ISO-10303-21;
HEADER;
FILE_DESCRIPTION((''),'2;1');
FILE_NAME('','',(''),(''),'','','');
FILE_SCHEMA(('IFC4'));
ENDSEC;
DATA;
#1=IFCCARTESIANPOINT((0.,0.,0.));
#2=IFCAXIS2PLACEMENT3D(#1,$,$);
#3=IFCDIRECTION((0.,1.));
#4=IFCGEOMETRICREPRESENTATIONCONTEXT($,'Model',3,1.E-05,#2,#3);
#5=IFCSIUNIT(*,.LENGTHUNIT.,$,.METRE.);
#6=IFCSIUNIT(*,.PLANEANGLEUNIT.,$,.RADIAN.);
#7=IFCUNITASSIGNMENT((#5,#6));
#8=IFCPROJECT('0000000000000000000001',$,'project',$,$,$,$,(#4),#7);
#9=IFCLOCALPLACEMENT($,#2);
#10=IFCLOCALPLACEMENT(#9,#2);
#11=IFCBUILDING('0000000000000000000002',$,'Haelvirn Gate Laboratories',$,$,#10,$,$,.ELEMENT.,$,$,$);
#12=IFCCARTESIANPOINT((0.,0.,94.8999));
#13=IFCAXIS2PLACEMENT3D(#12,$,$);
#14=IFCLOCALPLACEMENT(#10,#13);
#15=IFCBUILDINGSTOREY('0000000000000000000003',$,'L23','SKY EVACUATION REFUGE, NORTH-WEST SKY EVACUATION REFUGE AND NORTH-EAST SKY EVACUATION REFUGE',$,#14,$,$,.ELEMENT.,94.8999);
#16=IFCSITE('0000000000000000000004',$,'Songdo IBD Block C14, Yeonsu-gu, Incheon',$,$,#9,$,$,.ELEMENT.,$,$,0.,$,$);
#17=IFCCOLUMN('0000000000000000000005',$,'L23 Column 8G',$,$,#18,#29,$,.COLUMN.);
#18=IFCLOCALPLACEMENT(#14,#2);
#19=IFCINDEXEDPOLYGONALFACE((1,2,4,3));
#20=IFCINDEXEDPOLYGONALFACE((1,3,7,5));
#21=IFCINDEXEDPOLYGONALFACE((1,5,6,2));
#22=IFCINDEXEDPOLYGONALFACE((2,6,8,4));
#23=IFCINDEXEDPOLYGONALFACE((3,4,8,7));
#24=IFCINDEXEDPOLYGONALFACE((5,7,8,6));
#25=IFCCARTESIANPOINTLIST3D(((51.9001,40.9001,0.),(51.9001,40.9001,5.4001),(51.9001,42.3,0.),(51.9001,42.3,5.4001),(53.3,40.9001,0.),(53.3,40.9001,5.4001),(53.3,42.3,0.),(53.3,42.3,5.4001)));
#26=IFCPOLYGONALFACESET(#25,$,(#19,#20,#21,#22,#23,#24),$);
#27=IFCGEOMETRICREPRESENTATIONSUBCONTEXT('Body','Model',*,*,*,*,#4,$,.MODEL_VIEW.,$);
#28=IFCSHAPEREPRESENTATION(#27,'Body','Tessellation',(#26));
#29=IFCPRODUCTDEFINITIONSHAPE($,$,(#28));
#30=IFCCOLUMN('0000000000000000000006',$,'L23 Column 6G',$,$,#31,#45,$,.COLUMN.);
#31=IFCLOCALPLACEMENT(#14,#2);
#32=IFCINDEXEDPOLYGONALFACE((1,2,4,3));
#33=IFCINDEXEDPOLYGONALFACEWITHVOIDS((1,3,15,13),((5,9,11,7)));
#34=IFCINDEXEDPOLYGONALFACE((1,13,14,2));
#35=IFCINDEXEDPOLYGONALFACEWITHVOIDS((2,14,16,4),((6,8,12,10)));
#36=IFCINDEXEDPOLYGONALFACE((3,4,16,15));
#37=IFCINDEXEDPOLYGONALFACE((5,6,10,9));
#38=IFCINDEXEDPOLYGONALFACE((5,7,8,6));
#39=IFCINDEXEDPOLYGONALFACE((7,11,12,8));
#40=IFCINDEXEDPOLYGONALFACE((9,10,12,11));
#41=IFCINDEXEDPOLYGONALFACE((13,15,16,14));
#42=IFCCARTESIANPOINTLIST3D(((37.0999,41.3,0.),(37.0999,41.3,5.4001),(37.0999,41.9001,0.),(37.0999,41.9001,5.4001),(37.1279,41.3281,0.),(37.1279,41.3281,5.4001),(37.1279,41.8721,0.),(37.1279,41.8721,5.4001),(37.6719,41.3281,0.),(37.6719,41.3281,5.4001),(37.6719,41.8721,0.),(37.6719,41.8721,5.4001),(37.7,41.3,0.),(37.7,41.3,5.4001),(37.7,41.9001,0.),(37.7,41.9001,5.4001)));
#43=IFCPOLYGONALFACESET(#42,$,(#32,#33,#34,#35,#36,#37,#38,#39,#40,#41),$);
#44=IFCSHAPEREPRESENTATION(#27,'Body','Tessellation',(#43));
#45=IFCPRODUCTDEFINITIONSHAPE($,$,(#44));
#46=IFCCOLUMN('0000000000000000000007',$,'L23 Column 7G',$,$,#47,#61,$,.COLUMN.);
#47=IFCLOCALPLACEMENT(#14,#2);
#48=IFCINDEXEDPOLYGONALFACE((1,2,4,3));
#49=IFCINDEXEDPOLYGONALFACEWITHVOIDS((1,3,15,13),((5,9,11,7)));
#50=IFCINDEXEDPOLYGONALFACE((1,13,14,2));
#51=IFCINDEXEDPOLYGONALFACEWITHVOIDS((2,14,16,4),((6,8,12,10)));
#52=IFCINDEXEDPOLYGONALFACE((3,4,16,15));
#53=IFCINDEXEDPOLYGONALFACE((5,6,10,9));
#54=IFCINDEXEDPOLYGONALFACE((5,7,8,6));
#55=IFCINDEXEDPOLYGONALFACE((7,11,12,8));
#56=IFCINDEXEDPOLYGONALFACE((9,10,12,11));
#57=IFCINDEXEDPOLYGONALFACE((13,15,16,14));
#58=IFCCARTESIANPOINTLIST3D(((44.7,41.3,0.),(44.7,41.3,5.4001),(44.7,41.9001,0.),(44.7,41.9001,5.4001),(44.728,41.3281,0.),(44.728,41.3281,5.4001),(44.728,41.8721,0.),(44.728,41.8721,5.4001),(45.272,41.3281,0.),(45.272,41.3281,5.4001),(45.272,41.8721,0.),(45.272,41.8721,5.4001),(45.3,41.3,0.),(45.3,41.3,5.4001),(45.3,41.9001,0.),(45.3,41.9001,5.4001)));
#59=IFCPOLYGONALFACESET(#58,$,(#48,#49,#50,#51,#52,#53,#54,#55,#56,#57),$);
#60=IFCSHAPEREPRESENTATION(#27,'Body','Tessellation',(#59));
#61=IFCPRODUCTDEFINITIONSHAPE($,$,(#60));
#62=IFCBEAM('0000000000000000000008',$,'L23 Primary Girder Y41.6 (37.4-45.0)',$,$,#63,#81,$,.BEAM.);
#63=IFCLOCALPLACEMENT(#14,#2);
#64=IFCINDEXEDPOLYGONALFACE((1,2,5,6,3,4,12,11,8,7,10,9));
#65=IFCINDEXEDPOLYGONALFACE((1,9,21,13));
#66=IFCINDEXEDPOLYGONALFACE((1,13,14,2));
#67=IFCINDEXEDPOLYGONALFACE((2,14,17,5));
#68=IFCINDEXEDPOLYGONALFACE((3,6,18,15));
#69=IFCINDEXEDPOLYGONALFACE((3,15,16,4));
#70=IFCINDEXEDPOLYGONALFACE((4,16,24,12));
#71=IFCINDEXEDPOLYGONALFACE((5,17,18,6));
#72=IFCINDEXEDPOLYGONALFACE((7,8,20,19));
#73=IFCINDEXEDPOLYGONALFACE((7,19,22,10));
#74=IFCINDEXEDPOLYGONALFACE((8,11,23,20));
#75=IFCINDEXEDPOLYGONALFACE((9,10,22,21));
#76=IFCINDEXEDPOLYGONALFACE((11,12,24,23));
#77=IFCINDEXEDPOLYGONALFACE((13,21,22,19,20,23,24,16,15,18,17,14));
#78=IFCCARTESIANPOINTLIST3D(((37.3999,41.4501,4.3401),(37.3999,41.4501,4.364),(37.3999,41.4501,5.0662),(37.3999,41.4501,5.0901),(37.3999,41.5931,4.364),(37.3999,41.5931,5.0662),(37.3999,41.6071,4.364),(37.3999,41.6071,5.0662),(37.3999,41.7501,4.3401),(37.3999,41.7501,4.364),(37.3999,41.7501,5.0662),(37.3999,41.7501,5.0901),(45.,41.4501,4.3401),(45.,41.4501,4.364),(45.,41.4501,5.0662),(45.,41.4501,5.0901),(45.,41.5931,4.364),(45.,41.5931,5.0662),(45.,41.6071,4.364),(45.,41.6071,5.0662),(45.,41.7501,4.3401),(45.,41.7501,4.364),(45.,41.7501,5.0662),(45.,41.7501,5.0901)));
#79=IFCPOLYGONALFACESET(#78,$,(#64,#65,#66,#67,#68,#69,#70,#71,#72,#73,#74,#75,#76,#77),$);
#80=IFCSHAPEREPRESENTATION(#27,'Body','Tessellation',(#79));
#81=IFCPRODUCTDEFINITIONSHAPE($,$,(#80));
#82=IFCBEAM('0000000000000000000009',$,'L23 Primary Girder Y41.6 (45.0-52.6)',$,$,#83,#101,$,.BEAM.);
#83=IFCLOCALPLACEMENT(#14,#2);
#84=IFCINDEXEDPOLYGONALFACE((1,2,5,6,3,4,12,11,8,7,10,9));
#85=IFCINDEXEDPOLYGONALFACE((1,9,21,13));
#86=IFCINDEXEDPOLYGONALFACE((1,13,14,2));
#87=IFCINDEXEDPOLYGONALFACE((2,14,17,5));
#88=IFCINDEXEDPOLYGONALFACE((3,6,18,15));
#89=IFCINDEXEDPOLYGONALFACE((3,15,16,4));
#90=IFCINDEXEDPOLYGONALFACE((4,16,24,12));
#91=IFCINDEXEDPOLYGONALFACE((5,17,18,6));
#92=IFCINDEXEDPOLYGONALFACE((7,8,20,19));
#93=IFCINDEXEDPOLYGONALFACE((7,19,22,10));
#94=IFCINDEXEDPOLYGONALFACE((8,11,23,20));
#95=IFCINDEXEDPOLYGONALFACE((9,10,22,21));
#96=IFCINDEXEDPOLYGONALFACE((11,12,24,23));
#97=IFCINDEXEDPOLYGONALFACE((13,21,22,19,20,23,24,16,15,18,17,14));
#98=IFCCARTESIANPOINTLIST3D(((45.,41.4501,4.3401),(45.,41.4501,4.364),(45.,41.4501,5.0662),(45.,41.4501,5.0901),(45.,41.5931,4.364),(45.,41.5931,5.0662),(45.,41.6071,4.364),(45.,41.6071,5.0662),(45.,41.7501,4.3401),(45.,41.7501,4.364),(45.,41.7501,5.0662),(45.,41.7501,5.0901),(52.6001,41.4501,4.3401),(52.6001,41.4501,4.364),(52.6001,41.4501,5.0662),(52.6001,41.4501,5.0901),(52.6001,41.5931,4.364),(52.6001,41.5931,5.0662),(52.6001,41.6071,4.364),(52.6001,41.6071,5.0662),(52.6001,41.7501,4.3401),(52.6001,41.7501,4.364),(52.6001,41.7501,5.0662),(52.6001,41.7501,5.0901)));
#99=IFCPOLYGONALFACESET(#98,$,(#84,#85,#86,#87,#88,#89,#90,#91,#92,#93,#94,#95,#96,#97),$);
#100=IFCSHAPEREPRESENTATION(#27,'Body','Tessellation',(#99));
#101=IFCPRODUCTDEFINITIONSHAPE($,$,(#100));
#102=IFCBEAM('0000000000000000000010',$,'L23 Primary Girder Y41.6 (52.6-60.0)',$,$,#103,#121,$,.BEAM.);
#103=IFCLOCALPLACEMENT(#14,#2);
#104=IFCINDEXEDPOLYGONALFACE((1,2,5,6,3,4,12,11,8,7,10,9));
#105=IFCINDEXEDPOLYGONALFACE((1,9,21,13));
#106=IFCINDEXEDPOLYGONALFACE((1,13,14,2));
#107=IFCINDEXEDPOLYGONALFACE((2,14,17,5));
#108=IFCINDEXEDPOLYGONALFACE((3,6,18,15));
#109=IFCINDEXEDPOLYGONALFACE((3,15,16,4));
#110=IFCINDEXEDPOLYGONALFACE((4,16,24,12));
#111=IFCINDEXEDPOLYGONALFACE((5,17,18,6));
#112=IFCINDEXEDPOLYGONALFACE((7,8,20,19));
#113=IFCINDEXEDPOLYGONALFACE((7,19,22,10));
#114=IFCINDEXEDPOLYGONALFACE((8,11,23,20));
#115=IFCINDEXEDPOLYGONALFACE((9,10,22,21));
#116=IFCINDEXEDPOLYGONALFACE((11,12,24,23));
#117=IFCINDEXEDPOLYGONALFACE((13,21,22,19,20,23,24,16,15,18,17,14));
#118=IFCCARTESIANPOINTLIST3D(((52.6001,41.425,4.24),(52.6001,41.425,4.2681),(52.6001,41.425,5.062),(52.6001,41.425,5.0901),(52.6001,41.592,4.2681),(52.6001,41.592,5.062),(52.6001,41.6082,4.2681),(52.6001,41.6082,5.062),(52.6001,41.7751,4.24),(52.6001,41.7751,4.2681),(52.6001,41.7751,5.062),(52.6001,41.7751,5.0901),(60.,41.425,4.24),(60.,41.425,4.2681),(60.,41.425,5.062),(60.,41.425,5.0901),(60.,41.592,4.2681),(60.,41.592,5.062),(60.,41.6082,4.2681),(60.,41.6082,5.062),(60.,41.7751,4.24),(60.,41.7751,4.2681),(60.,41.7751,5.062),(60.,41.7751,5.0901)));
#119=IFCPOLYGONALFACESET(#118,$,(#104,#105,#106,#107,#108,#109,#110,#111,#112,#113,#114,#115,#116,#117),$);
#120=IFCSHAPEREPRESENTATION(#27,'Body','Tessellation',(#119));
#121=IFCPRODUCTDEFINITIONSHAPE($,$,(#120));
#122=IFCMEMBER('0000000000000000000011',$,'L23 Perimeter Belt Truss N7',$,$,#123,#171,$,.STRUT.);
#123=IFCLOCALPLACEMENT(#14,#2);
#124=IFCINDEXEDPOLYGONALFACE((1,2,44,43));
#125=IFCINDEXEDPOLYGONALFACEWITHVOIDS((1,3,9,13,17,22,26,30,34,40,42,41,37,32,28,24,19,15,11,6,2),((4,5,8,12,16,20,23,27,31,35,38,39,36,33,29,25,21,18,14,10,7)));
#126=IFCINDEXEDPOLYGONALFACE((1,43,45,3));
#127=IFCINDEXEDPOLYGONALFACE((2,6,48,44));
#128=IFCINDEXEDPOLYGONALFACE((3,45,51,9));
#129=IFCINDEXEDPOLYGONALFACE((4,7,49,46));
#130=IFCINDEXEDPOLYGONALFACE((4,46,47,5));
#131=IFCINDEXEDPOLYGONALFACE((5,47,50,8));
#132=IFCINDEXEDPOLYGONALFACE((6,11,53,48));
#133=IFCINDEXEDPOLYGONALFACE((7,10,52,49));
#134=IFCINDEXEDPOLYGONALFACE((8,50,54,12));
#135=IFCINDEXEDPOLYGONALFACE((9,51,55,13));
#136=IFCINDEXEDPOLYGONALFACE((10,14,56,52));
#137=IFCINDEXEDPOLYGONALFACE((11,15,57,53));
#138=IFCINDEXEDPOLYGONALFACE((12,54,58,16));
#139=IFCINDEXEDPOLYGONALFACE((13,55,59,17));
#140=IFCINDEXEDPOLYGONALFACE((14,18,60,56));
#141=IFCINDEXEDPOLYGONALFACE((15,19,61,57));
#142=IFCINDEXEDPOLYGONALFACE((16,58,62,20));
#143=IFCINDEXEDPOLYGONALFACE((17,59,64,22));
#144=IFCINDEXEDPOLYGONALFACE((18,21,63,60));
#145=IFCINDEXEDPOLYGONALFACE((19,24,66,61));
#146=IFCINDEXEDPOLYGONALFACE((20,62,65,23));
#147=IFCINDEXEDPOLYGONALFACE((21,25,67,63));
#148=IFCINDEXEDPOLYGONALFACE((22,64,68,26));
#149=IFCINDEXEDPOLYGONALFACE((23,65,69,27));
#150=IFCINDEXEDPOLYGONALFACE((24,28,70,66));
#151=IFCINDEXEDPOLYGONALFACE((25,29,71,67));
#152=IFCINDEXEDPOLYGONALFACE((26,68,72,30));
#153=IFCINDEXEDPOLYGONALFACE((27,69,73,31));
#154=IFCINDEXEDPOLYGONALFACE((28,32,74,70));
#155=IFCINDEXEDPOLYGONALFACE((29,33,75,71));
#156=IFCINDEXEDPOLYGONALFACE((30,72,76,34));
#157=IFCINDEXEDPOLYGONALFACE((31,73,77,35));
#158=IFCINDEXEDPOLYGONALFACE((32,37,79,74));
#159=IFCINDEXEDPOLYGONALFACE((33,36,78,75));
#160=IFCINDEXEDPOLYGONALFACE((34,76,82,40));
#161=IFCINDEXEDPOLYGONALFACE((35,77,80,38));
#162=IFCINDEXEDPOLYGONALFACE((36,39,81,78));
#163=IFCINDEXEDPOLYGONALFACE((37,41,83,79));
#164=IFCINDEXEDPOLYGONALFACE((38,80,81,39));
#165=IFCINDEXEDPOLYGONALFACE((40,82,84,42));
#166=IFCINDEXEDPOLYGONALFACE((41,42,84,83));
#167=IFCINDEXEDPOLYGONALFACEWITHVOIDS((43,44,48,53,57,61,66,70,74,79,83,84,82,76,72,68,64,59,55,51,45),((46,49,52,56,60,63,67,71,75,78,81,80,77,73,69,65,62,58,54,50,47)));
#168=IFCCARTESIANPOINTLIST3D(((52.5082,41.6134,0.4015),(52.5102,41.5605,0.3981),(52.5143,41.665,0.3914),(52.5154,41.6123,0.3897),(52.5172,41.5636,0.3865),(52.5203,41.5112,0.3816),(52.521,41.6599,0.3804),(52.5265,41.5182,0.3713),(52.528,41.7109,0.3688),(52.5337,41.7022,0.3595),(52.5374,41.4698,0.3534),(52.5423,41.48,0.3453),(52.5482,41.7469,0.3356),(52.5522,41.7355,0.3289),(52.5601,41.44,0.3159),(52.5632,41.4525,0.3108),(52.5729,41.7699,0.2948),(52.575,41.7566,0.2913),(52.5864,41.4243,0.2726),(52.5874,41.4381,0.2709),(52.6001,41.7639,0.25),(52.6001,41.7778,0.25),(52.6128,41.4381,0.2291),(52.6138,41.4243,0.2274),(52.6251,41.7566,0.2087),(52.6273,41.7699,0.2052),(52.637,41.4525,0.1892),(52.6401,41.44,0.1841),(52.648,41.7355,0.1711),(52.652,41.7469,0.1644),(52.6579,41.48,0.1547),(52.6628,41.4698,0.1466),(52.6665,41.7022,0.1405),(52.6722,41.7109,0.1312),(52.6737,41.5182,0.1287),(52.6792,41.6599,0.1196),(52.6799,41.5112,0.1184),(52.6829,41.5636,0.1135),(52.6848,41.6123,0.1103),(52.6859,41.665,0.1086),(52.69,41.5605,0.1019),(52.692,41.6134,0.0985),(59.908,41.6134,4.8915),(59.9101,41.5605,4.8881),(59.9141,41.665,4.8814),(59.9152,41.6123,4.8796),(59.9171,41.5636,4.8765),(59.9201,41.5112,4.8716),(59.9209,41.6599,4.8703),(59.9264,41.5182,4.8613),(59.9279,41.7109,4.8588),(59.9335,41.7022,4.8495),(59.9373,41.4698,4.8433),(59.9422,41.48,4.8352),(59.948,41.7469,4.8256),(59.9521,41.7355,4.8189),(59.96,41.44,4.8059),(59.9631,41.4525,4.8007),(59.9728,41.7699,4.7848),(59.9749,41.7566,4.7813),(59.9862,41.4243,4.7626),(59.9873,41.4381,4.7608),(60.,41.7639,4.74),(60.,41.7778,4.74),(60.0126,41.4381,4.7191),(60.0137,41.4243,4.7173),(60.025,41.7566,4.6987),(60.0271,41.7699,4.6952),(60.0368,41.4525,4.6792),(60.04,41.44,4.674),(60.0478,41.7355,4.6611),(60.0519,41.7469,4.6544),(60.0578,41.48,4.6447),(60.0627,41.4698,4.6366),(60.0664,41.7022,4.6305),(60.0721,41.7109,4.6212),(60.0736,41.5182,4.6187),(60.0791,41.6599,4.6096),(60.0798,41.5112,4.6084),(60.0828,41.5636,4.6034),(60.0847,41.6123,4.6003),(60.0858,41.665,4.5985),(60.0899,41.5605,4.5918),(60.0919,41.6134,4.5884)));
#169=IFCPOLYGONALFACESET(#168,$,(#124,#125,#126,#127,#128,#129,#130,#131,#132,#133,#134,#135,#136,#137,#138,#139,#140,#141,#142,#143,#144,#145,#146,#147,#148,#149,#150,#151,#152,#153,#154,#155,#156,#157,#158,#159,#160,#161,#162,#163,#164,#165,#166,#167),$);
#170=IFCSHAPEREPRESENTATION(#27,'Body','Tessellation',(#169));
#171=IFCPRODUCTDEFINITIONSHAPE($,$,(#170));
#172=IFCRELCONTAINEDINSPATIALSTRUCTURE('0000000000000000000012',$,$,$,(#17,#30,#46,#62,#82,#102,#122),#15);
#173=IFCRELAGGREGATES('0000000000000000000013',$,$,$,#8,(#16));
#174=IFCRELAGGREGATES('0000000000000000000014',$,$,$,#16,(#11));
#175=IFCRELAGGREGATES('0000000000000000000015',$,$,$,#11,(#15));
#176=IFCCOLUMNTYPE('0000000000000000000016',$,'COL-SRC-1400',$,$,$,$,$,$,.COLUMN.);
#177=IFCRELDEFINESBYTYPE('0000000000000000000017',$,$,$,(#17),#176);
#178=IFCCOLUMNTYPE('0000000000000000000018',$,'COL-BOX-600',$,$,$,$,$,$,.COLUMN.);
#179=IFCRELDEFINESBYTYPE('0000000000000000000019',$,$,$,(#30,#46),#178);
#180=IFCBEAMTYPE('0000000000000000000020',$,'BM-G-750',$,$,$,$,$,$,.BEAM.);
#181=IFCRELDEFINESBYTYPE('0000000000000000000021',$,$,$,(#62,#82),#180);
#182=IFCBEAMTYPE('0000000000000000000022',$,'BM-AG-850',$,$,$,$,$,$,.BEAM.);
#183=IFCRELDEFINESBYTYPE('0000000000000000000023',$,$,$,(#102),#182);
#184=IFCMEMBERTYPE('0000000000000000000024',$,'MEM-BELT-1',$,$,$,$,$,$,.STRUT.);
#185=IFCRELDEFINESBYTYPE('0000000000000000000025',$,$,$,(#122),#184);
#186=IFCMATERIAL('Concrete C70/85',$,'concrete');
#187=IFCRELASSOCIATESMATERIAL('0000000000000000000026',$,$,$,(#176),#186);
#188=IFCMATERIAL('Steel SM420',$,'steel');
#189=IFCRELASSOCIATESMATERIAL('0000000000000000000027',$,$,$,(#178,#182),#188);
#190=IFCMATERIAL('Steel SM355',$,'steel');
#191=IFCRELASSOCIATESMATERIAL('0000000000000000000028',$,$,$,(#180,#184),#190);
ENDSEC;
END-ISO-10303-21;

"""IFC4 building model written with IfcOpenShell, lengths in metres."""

from ifc_helpers import new_model, si_unit, direction, frame, origin, origin_2d, place, context, subcontext, project, spatial, rectangle, hollow_rectangle, hollow_circle, i_section, extrude, source, transform, mapped, material, material_profile, profile_set, type_object, type_shapes, element, save


model = new_model("IFC4")

# Units and contexts
model_context = context("Model", 3, precision=1e-05, world=origin(), true_north=direction((0.0, 1.0)))
body_context = subcontext(model_context, "Body", "Model", "MODEL_VIEW")
ifc_project = project(units=[si_unit("LENGTHUNIT", "METRE"), si_unit("PLANEANGLEUNIT", "RADIAN")], contexts=[model_context])

# Site, building, storey
site_placement = place(None, origin())
site = spatial("IfcSite", under=ifc_project, at=site_placement, Name="Songdo IBD Block C14, Yeonsu-gu, Incheon", CompositionType="ELEMENT", RefElevation=0.0)
building_placement = place(site_placement, origin())
building = spatial("IfcBuilding", under=site, at=building_placement, Name="Haelvirn Gate Laboratories", CompositionType="ELEMENT")
storey_placement = place(building_placement, frame((0.0, 0.0, 94.8999)))
storey = spatial("IfcBuildingStorey", under=building, at=storey_placement, Name="L23", Description="SKY EVACUATION REFUGE, NORTH-WEST SKY EVACUATION REFUGE AND NORTH-EAST SKY EVACUATION REFUGE", CompositionType="ELEMENT", Elevation=94.8999)

# Columns
ifc_material_1 = material(Name="Concrete C70/85", Category="concrete")
ifc_material_profile_1 = material_profile(ifc_material_1, rectangle(XDim=1.3999, YDim=1.3999, at=origin_2d()), Name="SRC-1400x1400")
ifc_profile_set_1 = profile_set([ifc_material_profile_1], Name="Concrete C70/85")
column_type_1 = type_object("IfcColumnType", Name="COL-SRC-1400", PredefinedType="COLUMN", material=ifc_profile_set_1)
shared_shape_1 = source(origin(), body_context, "Body", "SweptSolid", [
    extrude(rectangle(XDim=1.3999, YDim=1.3999, at=origin_2d()), origin(), (0.0, 0.0, 1.0), 5.4001),
])
type_shapes(column_type_1, [shared_shape_1])
column_placement = place(storey_placement, frame((52.6001, 41.6001, 0.0), z_axis=(0.0, 0.0, 1.0), x_axis=(1.0, 0.0, 0.0)))
element("IfcColumn", 1, at=column_placement, inside=storey, type_object=column_type_1, Name="L23 Column 8G", PredefinedType="COLUMN", context=body_context, shape_type="MappedRepresentation", body=[
    mapped(shared_shape_1, transform((0.0, 0.0, 0.0), scale=1.0)),
])
ifc_material_2 = material(Name="Steel SM420", Category="steel")
ifc_material_profile_2 = material_profile(ifc_material_2, hollow_rectangle(XDim=0.6001, YDim=0.6001, WallThickness=0.0281, at=origin_2d()), Name="BOX-600x600x28")
ifc_profile_set_2 = profile_set([ifc_material_profile_2], Name="Steel SM420")
column_type_2 = type_object("IfcColumnType", Name="COL-BOX-600", PredefinedType="COLUMN", material=ifc_profile_set_2)
shared_shape_2 = source(origin(), body_context, "Body", "SweptSolid", [
    extrude(hollow_rectangle(XDim=0.6001, YDim=0.6001, WallThickness=0.0281, at=origin_2d()), origin(), (0.0, 0.0, 1.0), 5.4001),
])
type_shapes(column_type_2, [shared_shape_2])
for number, where, z_axis, x_axis, name in (
    (2, (37.3999, 41.6001, 0.0), (0.0, 0.0, 1.0), (1.0, 0.0, 0.0), "L23 Column 6G"),
    (3, (45.0, 41.6001, 0.0), (0.0, 0.0, 1.0), (1.0, 0.0, 0.0), "L23 Column 7G"),
):
    element("IfcColumn", number, at=place(storey_placement, frame(where, z_axis=z_axis, x_axis=x_axis)), inside=storey, type_object=column_type_2, Name=name, PredefinedType="COLUMN", context=body_context, shape_type="MappedRepresentation", body=[
        mapped(shared_shape_2, transform((0.0, 0.0, 0.0), scale=1.0)),
    ])

# Beams
ifc_material_3 = material(Name="Steel SM355", Category="steel")
ifc_material_profile_3 = material_profile(ifc_material_3, i_section(OverallWidth=0.3, OverallDepth=0.75, WebThickness=0.0139, FlangeThickness=0.0239, at=origin_2d()), Name="H-750x300x14x24")
ifc_profile_set_3 = profile_set([ifc_material_profile_3], Name="Steel SM355")
beam_type_1 = type_object("IfcBeamType", Name="BM-G-750", PredefinedType="BEAM", material=ifc_profile_set_3)
shared_shape_3 = source(origin(), body_context, "Body", "SweptSolid", [
    extrude(i_section(OverallWidth=0.3, OverallDepth=0.75, WebThickness=0.0139, FlangeThickness=0.0239, at=origin_2d()), origin(), (0.0, 0.0, 1.0), 7.6001),
])
type_shapes(beam_type_1, [shared_shape_3])
for number, where, z_axis, x_axis, name in (
    (4, (37.3999, 41.6001, 4.7151), (1.0, 0.0, 0.0), (0.0, 1.0, 0.0), "L23 Primary Girder Y41.6 (37.4-45.0)"),
    (5, (45.0, 41.6001, 4.7151), (1.0, 0.0, 0.0), (0.0, 1.0, 0.0), "L23 Primary Girder Y41.6 (45.0-52.6)"),
):
    element("IfcBeam", number, at=place(storey_placement, frame(where, z_axis=z_axis, x_axis=x_axis)), inside=storey, type_object=beam_type_1, Name=name, PredefinedType="BEAM", context=body_context, shape_type="MappedRepresentation", body=[
        mapped(shared_shape_3, transform((0.0, 0.0, 0.0), scale=1.0)),
    ])
ifc_material_profile_4 = material_profile(ifc_material_2, i_section(OverallWidth=0.3501, OverallDepth=0.8501, WebThickness=0.0161, FlangeThickness=0.0281, at=origin_2d()), Name="H-850x350x16x28")
ifc_profile_set_4 = profile_set([ifc_material_profile_4], Name="Steel SM420")
beam_type_2 = type_object("IfcBeamType", Name="BM-AG-850", PredefinedType="BEAM", material=ifc_profile_set_4)
shared_shape_4 = source(origin(), body_context, "Body", "SweptSolid", [
    extrude(i_section(OverallWidth=0.3501, OverallDepth=0.8501, WebThickness=0.0161, FlangeThickness=0.0281, at=origin_2d()), origin(), (0.0, 0.0, 1.0), 7.3999),
])
type_shapes(beam_type_2, [shared_shape_4])
beam_placement = place(storey_placement, frame((52.6001, 41.6001, 4.665), z_axis=(1.0, 0.0, 0.0), x_axis=(0.0, 1.0, 0.0)))
element("IfcBeam", 6, at=beam_placement, inside=storey, type_object=beam_type_2, Name="L23 Primary Girder Y41.6 (52.6-60.0)", PredefinedType="BEAM", context=body_context, shape_type="MappedRepresentation", body=[
    mapped(shared_shape_4, transform((0.0, 0.0, 0.0), scale=1.0)),
])

# Member
ifc_material_profile_5 = material_profile(ifc_material_3, hollow_circle(Radius=0.1777, WallThickness=0.0139, at=origin_2d()), Name="CHS-355x14")
ifc_profile_set_5 = profile_set([ifc_material_profile_5], Name="Steel SM355")
member_type_1 = type_object("IfcMemberType", Name="MEM-BELT-1", PredefinedType="STRUT", material=ifc_profile_set_5)
shared_shape_5 = source(origin(), body_context, "Body", "SweptSolid", [
    extrude(hollow_circle(Radius=0.1777, WallThickness=0.0139, at=origin_2d()), origin(), (0.0, 0.0, 1.0), 8.6555),
])
member_1_placement = place(storey_placement, frame((52.6001, 41.6001, 0.25), z_axis=(0.854931, 0.0, 0.518741), x_axis=(0.0, 1.0, 0.0)))
element("IfcMember", 7, at=member_1_placement, inside=storey, type_object=member_type_1, Name="L23 Perimeter Belt Truss N7", PredefinedType="STRUT", context=body_context, shape_type="MappedRepresentation", body=[
    mapped(shared_shape_5, transform((0.0, 0.0, 0.0), scale=1.0)),
])

save(model, "model.ifc")
